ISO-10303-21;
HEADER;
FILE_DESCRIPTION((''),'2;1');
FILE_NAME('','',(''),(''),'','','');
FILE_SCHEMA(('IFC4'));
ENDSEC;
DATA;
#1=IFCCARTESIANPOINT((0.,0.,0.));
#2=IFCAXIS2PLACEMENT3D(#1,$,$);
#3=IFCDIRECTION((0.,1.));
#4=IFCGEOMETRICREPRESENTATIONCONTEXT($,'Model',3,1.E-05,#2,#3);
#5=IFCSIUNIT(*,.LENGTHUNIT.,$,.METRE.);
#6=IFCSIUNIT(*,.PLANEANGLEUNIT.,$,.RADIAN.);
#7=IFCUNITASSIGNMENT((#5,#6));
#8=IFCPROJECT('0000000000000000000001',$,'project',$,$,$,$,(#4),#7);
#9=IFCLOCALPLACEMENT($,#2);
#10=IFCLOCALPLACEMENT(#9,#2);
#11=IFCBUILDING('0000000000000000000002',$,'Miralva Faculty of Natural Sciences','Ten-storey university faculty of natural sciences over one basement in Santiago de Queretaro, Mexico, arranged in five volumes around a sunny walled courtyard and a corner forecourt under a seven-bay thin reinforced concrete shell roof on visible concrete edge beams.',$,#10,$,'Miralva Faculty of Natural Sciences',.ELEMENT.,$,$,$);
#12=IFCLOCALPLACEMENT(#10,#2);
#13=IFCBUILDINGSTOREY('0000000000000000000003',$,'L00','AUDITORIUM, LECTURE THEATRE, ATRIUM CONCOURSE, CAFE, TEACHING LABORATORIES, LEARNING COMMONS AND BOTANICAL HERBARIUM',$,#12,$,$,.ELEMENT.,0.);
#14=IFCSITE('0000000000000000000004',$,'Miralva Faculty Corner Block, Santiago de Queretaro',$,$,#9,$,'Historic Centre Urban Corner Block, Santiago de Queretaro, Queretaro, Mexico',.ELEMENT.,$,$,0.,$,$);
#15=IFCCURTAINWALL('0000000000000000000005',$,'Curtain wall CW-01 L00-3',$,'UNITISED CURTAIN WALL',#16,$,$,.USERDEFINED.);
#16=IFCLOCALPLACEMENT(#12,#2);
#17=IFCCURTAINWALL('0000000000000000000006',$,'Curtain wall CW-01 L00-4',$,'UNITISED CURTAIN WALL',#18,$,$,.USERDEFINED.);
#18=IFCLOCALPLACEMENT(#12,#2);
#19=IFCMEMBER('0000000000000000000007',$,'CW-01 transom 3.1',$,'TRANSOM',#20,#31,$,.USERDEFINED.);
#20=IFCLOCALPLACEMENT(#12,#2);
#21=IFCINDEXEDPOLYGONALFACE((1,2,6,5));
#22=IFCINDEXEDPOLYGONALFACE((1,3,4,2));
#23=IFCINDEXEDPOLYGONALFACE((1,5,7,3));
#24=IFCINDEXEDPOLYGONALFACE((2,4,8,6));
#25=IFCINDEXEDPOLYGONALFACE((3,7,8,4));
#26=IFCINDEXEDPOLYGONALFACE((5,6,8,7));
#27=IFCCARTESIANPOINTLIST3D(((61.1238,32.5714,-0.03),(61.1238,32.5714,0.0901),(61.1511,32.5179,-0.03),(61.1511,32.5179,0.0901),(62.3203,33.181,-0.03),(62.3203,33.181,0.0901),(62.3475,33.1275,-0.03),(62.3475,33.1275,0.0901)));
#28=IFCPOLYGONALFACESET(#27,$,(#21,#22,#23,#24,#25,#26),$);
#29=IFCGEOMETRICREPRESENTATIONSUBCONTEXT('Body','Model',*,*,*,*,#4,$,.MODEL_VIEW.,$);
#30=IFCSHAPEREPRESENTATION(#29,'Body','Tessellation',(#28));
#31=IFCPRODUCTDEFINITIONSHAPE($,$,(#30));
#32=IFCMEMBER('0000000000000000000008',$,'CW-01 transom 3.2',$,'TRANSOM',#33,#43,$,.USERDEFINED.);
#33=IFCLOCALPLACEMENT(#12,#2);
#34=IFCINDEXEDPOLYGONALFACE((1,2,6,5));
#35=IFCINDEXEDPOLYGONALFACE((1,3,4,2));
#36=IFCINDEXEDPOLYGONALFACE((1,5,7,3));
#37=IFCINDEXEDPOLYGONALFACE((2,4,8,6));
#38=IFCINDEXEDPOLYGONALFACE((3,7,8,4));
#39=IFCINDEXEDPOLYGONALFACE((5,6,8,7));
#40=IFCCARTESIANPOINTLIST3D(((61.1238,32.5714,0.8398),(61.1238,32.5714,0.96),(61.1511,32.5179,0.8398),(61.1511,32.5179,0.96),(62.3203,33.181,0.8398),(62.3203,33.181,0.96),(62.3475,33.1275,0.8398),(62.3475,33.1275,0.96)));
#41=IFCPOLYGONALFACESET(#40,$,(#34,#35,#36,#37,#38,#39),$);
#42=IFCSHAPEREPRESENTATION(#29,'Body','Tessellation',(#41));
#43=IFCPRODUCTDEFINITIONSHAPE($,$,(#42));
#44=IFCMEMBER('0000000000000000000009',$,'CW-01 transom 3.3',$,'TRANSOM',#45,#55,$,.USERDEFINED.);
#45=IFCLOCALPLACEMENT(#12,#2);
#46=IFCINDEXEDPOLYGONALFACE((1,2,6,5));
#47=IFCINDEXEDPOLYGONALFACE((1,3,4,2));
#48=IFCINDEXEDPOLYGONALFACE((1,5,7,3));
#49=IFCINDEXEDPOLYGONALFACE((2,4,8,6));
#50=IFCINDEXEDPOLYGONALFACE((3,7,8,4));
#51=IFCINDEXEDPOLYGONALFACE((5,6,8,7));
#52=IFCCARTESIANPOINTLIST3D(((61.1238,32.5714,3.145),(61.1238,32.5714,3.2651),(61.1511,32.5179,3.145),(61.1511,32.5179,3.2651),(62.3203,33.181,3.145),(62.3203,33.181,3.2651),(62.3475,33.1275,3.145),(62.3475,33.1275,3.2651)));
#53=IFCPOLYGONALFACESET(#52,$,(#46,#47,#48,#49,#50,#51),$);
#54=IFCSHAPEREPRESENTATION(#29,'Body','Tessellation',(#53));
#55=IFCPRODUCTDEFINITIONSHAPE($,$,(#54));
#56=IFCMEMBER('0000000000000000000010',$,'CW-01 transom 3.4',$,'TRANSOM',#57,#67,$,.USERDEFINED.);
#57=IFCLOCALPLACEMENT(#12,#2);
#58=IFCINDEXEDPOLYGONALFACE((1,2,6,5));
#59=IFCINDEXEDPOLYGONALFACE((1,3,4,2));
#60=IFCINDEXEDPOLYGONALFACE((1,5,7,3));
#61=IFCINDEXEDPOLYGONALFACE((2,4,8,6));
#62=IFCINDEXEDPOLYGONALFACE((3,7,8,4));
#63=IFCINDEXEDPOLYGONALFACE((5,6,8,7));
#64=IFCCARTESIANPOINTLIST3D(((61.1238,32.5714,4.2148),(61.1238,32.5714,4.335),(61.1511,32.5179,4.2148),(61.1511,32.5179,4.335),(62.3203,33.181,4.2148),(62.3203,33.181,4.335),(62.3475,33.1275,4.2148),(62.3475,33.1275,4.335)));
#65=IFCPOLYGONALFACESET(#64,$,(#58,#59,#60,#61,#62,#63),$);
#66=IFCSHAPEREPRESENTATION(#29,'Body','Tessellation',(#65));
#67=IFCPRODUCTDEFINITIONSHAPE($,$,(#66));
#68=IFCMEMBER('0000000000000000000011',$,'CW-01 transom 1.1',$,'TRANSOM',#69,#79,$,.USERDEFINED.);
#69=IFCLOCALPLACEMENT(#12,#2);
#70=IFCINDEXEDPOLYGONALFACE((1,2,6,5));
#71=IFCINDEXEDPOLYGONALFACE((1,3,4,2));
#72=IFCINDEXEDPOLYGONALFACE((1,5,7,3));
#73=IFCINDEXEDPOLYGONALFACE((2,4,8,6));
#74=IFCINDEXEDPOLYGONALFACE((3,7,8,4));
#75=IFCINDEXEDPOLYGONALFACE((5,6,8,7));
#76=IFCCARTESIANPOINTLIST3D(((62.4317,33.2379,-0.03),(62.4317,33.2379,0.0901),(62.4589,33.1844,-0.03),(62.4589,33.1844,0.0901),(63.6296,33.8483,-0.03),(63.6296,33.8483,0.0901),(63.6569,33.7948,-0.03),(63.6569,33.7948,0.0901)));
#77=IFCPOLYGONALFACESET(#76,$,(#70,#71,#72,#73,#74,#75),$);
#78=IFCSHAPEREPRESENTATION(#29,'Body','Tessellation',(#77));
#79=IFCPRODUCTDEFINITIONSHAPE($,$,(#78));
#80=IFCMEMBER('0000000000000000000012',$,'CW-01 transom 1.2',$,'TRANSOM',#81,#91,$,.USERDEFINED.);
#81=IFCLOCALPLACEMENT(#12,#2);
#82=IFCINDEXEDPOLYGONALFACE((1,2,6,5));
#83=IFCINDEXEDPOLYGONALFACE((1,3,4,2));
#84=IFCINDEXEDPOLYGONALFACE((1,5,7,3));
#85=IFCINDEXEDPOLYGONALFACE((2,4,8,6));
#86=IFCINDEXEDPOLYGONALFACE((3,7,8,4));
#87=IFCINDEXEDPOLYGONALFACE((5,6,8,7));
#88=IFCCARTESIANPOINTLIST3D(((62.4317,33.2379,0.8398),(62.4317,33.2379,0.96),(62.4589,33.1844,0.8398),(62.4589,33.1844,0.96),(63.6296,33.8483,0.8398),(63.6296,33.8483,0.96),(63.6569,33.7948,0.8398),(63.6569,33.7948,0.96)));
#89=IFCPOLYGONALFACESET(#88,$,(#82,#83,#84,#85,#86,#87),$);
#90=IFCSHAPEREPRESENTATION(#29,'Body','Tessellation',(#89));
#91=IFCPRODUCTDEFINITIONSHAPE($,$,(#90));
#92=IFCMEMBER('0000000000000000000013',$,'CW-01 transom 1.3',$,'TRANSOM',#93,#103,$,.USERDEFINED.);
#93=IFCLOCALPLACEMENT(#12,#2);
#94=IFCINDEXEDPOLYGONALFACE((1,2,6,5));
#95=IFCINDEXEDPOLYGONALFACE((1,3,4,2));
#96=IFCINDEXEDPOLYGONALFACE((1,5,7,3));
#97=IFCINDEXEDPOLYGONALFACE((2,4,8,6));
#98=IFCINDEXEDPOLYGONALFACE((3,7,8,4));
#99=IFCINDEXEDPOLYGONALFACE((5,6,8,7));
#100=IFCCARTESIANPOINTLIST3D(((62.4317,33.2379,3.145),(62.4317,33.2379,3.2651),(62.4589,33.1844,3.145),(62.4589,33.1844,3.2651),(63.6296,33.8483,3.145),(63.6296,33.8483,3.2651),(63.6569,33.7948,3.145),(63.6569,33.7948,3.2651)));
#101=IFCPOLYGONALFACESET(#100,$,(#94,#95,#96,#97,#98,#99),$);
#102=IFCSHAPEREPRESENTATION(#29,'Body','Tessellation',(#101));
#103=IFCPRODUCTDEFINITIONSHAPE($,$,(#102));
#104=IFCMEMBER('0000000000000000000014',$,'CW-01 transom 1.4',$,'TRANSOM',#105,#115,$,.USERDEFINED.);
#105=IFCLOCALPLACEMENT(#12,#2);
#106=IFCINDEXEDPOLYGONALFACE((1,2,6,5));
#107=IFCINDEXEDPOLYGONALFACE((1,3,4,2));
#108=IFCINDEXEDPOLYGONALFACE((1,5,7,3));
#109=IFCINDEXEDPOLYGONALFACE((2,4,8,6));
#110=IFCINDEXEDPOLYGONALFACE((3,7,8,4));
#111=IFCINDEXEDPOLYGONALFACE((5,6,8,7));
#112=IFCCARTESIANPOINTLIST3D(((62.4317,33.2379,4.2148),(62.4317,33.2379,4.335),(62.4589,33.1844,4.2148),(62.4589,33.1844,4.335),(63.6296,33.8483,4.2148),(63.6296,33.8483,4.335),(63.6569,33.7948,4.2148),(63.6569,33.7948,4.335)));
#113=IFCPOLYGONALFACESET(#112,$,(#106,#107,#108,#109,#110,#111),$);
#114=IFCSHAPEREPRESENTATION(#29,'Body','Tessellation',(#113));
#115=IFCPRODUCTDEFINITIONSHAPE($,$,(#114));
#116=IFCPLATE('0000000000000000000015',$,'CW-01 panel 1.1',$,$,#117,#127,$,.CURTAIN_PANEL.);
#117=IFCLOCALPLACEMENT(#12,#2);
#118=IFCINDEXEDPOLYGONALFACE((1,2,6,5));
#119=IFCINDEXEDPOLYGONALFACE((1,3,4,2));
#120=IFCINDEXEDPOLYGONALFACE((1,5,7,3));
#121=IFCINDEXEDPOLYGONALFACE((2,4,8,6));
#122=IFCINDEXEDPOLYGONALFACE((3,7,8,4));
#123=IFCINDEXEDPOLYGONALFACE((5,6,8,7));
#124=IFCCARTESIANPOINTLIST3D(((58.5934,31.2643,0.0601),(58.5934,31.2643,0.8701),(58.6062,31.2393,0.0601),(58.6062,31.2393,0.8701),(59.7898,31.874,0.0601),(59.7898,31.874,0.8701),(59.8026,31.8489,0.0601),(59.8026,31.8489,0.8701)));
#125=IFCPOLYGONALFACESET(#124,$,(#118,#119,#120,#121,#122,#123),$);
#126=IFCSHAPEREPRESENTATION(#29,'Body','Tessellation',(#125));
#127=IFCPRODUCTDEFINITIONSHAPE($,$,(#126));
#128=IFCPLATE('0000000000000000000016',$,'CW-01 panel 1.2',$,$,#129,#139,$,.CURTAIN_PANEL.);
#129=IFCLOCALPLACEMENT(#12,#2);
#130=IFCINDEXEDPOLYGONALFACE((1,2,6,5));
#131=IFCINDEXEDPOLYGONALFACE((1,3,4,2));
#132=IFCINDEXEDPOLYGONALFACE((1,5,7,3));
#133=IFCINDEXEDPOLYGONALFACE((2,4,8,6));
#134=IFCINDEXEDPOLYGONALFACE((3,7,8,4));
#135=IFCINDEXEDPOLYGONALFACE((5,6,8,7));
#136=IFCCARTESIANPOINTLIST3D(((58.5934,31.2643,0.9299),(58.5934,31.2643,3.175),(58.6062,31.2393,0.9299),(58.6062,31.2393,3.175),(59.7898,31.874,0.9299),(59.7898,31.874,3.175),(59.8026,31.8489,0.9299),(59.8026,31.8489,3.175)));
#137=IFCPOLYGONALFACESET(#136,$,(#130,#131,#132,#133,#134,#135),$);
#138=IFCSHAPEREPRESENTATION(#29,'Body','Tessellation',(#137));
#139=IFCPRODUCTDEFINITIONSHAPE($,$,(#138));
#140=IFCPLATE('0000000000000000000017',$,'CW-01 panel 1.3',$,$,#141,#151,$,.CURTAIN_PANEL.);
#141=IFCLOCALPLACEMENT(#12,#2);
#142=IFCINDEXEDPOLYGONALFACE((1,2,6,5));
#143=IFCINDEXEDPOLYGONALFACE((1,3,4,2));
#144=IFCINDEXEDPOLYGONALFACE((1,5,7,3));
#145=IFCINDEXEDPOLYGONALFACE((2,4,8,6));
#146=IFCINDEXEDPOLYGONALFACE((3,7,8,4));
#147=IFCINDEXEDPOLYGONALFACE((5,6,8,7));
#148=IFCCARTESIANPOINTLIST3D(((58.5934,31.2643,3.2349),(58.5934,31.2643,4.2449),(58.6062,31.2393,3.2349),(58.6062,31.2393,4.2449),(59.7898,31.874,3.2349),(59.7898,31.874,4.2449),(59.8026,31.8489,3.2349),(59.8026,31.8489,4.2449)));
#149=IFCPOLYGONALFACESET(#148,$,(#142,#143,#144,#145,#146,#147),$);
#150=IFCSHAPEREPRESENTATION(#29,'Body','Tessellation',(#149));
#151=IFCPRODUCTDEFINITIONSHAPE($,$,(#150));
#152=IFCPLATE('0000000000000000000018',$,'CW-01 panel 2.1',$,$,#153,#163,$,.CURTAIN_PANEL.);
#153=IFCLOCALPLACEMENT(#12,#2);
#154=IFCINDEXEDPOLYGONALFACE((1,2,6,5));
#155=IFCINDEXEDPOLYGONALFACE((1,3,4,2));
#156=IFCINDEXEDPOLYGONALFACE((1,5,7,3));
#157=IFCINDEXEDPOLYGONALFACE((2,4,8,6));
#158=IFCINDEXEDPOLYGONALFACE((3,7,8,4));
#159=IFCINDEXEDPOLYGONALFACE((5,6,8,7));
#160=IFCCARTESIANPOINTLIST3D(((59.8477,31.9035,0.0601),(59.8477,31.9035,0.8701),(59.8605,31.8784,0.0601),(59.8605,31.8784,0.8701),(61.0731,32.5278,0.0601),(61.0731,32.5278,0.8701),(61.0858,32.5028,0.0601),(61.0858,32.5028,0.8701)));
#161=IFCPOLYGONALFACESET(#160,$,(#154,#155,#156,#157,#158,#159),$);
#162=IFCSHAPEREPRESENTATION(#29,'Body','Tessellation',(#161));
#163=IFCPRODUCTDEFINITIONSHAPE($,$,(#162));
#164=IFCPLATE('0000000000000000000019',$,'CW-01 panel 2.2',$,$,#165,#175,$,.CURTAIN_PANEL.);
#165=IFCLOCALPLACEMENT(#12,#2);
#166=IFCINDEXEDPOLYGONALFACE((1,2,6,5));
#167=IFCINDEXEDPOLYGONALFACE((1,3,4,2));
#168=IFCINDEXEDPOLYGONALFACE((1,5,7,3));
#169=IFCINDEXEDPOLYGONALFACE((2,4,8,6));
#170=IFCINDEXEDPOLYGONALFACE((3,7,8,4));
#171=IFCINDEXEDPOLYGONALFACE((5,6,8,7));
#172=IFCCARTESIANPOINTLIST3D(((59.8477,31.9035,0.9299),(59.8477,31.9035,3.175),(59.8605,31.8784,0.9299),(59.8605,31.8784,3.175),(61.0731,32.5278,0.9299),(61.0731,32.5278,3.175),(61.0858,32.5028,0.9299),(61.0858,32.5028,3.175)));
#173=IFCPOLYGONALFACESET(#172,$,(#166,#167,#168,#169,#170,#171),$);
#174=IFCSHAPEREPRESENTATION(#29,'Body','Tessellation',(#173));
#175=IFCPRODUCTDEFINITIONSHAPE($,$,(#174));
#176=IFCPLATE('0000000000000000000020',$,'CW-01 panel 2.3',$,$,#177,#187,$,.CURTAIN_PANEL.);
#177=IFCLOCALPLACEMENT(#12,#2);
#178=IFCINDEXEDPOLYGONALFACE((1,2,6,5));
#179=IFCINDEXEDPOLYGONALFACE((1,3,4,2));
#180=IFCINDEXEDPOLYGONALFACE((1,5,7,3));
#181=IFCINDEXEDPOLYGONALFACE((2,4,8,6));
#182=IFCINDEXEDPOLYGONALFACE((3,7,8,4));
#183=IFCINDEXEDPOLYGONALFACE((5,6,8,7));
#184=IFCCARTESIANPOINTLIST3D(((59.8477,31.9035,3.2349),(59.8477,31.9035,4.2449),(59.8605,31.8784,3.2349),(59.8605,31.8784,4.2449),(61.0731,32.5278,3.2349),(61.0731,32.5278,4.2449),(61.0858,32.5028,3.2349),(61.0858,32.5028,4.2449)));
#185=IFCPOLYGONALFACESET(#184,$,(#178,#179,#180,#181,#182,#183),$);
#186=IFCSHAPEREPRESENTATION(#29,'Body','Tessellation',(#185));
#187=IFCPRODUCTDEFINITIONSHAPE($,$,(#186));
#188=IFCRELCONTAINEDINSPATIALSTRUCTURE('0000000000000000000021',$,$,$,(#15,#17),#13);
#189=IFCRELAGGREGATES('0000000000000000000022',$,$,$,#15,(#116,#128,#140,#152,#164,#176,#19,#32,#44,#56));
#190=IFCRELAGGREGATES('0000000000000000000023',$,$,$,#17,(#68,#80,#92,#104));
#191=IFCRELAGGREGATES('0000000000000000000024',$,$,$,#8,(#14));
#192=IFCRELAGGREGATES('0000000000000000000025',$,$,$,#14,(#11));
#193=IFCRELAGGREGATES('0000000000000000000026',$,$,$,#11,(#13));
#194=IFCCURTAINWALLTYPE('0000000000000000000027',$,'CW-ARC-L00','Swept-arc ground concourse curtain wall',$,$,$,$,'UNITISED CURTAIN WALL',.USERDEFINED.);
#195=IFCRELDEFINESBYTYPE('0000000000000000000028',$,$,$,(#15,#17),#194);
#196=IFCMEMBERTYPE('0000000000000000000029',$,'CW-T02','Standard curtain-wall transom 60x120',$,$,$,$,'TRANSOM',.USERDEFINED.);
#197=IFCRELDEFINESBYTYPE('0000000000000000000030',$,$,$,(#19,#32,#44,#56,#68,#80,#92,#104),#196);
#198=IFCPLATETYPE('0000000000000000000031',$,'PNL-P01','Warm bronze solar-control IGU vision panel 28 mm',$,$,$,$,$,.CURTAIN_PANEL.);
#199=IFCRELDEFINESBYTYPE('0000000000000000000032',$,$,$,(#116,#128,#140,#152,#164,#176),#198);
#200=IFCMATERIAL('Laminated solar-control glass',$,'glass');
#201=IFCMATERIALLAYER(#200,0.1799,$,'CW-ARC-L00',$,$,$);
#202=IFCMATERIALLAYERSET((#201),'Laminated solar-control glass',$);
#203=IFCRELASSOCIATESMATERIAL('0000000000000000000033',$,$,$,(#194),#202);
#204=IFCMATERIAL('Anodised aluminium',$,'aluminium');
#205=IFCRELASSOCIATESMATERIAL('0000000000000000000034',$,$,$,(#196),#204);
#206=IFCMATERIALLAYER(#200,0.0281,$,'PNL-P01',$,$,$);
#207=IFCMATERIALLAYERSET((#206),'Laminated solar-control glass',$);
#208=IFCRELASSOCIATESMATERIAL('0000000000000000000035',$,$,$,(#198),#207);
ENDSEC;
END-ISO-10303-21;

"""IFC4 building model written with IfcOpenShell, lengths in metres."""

from ifc_helpers import new_model, si_unit, direction, frame, origin, origin_2d, place, context, subcontext, project, spatial, rectangle, extrude, material, layer, layer_set, material_profile, profile_set, type_object, element, aggregate, save


model = new_model("IFC4")

# Units and contexts
model_context = context("Model", 3, precision=1e-05, world=origin(), true_north=direction((0.0, 1.0)))
body_context = subcontext(model_context, "Body", "Model", "MODEL_VIEW")
ifc_project = project(units=[si_unit("LENGTHUNIT", "METRE"), si_unit("PLANEANGLEUNIT", "RADIAN")], contexts=[model_context])

# Site, building, storey
site_placement = place(None, origin())
site = spatial("IfcSite", under=ifc_project, at=site_placement, Name="Miralva Faculty Corner Block, Santiago de Queretaro", LongName="Historic Centre Urban Corner Block, Santiago de Queretaro, Queretaro, Mexico", CompositionType="ELEMENT", RefElevation=0.0)
building_placement = place(site_placement, origin())
building = spatial("IfcBuilding", under=site, at=building_placement, Name="Miralva Faculty of Natural Sciences", Description="Ten-storey university faculty of natural sciences over one basement in Santiago de Queretaro, Mexico, arranged in five volumes around a sunny walled courtyard and a corner forecourt under a seven-bay thin reinforced concrete shell roof on visible concrete edge beams.", LongName="Miralva Faculty of Natural Sciences", CompositionType="ELEMENT")
storey_placement = place(building_placement, origin())
storey = spatial("IfcBuildingStorey", under=building, at=storey_placement, Name="L00", Description="AUDITORIUM, LECTURE THEATRE, ATRIUM CONCOURSE, CAFE, TEACHING LABORATORIES, LEARNING COMMONS AND BOTANICAL HERBARIUM", CompositionType="ELEMENT", Elevation=0.0)

# Curtain wall
ifc_material_1 = material(Name="Laminated solar-control glass", Category="glass")
ifc_layer_1 = layer(ifc_material_1, 0.1799, Name="CW-ARC-L00")
ifc_layer_set_1 = layer_set([ifc_layer_1], Name="Laminated solar-control glass")
curtain_wall_type = type_object("IfcCurtainWallType", Name="CW-ARC-L00", Description="Swept-arc ground concourse curtain wall", ElementType="UNITISED CURTAIN WALL", PredefinedType="USERDEFINED", material=ifc_layer_set_1)
curtain_wall_1_placement = place(storey_placement, origin())
curtain_wall_1 = element("IfcCurtainWall", 1, at=curtain_wall_1_placement, inside=storey, type_object=curtain_wall_type, Name="Curtain wall CW-01 L00-3", ObjectType="UNITISED CURTAIN WALL", PredefinedType="USERDEFINED")
ifc_material_2 = material(Name="Anodised aluminium", Category="aluminium")

# Curtain wall
curtain_wall_2_placement = place(storey_placement, origin())
curtain_wall_2 = element("IfcCurtainWall", 2, at=curtain_wall_2_placement, inside=storey, type_object=curtain_wall_type, Name="Curtain wall CW-01 L00-4", ObjectType="UNITISED CURTAIN WALL", PredefinedType="USERDEFINED")

# Members
ifc_material_profile_1 = material_profile(ifc_material_2, rectangle(XDim=0.0601, YDim=0.1201, at=origin_2d()), Name="TRANSOM 60x120")
ifc_profile_set_1 = profile_set([ifc_material_profile_1], Name="Anodised aluminium")
member_type_1 = type_object("IfcMemberType", Name="CW-T02", Description="Standard curtain-wall transom 60x120", ElementType="TRANSOM", PredefinedType="USERDEFINED", material=ifc_profile_set_1)
member_1_placement = place(storey_placement, frame((61.1375, 32.5447, 0.03), z_axis=(0.89102, 0.453964, 0.0), x_axis=(-0.453964, 0.89102, 0.0)))
member_1 = element("IfcMember", 3, at=member_1_placement, type_object=member_type_1, Name="CW-01 transom 3.1", ObjectType="TRANSOM", PredefinedType="USERDEFINED", context=body_context, shape_type="SweptSolid", body=[
    extrude(rectangle(XDim=0.0601, YDim=0.1201, at=origin_2d()), origin(), (0.0, 0.0, 1.0), 1.3428),
])
member_2_placement = place(storey_placement, frame((61.1375, 32.5447, 0.8999), z_axis=(0.89102, 0.453964, 0.0), x_axis=(-0.453964, 0.89102, 0.0)))
member_2 = element("IfcMember", 4, at=member_2_placement, type_object=member_type_1, Name="CW-01 transom 3.2", ObjectType="TRANSOM", PredefinedType="USERDEFINED", context=body_context, shape_type="SweptSolid", body=[
    extrude(rectangle(XDim=0.0601, YDim=0.1201, at=origin_2d()), origin(), (0.0, 0.0, 1.0), 1.3428),
])
member_3_placement = place(storey_placement, frame((61.1375, 32.5447, 3.2051), z_axis=(0.89102, 0.453964, 0.0), x_axis=(-0.453964, 0.89102, 0.0)))
member_3 = element("IfcMember", 5, at=member_3_placement, type_object=member_type_1, Name="CW-01 transom 3.3", ObjectType="TRANSOM", PredefinedType="USERDEFINED", context=body_context, shape_type="SweptSolid", body=[
    extrude(rectangle(XDim=0.0601, YDim=0.1201, at=origin_2d()), origin(), (0.0, 0.0, 1.0), 1.3428),
])
member_4_placement = place(storey_placement, frame((61.1375, 32.5447, 4.2749), z_axis=(0.89102, 0.453964, 0.0), x_axis=(-0.453964, 0.89102, 0.0)))
member_4 = element("IfcMember", 6, at=member_4_placement, type_object=member_type_1, Name="CW-01 transom 3.4", ObjectType="TRANSOM", PredefinedType="USERDEFINED", context=body_context, shape_type="SweptSolid", body=[
    extrude(rectangle(XDim=0.0601, YDim=0.1201, at=origin_2d()), origin(), (0.0, 0.0, 1.0), 1.3428),
])
member_5_placement = place(storey_placement, frame((62.4453, 33.2112, 0.03), z_axis=(0.891024, 0.453956, 0.0), x_axis=(-0.453956, 0.891024, 0.0)))
member_5 = element("IfcMember", 7, at=member_5_placement, type_object=member_type_1, Name="CW-01 transom 1.1", ObjectType="TRANSOM", PredefinedType="USERDEFINED", context=body_context, shape_type="SweptSolid", body=[
    extrude(rectangle(XDim=0.0601, YDim=0.1201, at=origin_2d()), origin(), (0.0, 0.0, 1.0), 1.3445),
])
member_6_placement = place(storey_placement, frame((62.4453, 33.2112, 0.8999), z_axis=(0.891024, 0.453956, 0.0), x_axis=(-0.453956, 0.891024, 0.0)))
member_6 = element("IfcMember", 8, at=member_6_placement, type_object=member_type_1, Name="CW-01 transom 1.2", ObjectType="TRANSOM", PredefinedType="USERDEFINED", context=body_context, shape_type="SweptSolid", body=[
    extrude(rectangle(XDim=0.0601, YDim=0.1201, at=origin_2d()), origin(), (0.0, 0.0, 1.0), 1.3445),
])
member_7_placement = place(storey_placement, frame((62.4453, 33.2112, 3.2051), z_axis=(0.891024, 0.453956, 0.0), x_axis=(-0.453956, 0.891024, 0.0)))
member_7 = element("IfcMember", 9, at=member_7_placement, type_object=member_type_1, Name="CW-01 transom 1.3", ObjectType="TRANSOM", PredefinedType="USERDEFINED", context=body_context, shape_type="SweptSolid", body=[
    extrude(rectangle(XDim=0.0601, YDim=0.1201, at=origin_2d()), origin(), (0.0, 0.0, 1.0), 1.3445),
])
member_8_placement = place(storey_placement, frame((62.4453, 33.2112, 4.2749), z_axis=(0.891024, 0.453956, 0.0), x_axis=(-0.453956, 0.891024, 0.0)))
member_8 = element("IfcMember", 10, at=member_8_placement, type_object=member_type_1, Name="CW-01 transom 1.4", ObjectType="TRANSOM", PredefinedType="USERDEFINED", context=body_context, shape_type="SweptSolid", body=[
    extrude(rectangle(XDim=0.0601, YDim=0.1201, at=origin_2d()), origin(), (0.0, 0.0, 1.0), 1.3445),
])

# Plates
ifc_layer_2 = layer(ifc_material_1, 0.0281, Name="PNL-P01")
ifc_layer_set_2 = layer_set([ifc_layer_2], Name="Laminated solar-control glass")
plate_type = type_object("IfcPlateType", Name="PNL-P01", Description="Warm bronze solar-control IGU vision panel 28 mm", PredefinedType="CURTAIN_PANEL", material=ifc_layer_set_2)
plate_1_placement = place(storey_placement, frame((59.198, 31.5566, 0.0601), z_axis=(0.0, 0.0, 1.0), x_axis=(0.891004, 0.453995, 0.0)))
plate_1 = element("IfcPlate", 11, at=plate_1_placement, type_object=plate_type, Name="CW-01 panel 1.1", PredefinedType="CURTAIN_PANEL", context=body_context, shape_type="SweptSolid", body=[
    extrude(rectangle(XDim=1.3428, YDim=0.0281, at=origin_2d()), origin(), (0.0, 0.0, 1.0), 0.8101),
])
plate_2_placement = place(storey_placement, frame((59.198, 31.5566, 0.9299), z_axis=(0.0, 0.0, 1.0), x_axis=(0.891004, 0.453995, 0.0)))
plate_2 = element("IfcPlate", 12, at=plate_2_placement, type_object=plate_type, Name="CW-01 panel 1.2", PredefinedType="CURTAIN_PANEL", context=body_context, shape_type="SweptSolid", body=[
    extrude(rectangle(XDim=1.3428, YDim=0.0281, at=origin_2d()), origin(), (0.0, 0.0, 1.0), 2.2451),
])
plate_3_placement = place(storey_placement, frame((59.198, 31.5566, 3.2349), z_axis=(0.0, 0.0, 1.0), x_axis=(0.891004, 0.453995, 0.0)))
plate_3 = element("IfcPlate", 13, at=plate_3_placement, type_object=plate_type, Name="CW-01 panel 1.3", PredefinedType="CURTAIN_PANEL", context=body_context, shape_type="SweptSolid", body=[
    extrude(rectangle(XDim=1.3428, YDim=0.0281, at=origin_2d()), origin(), (0.0, 0.0, 1.0), 1.01),
])
plate_4_placement = place(storey_placement, frame((60.4668, 32.2031, 0.0601), z_axis=(0.0, 0.0, 1.0), x_axis=(0.891004, 0.453995, 0.0)))
plate_4 = element("IfcPlate", 14, at=plate_4_placement, type_object=plate_type, Name="CW-01 panel 2.1", PredefinedType="CURTAIN_PANEL", context=body_context, shape_type="SweptSolid", body=[
    extrude(rectangle(XDim=1.3752, YDim=0.0281, at=origin_2d()), origin(), (0.0, 0.0, 1.0), 0.8101),
])
plate_5_placement = place(storey_placement, frame((60.4668, 32.2031, 0.9299), z_axis=(0.0, 0.0, 1.0), x_axis=(0.891004, 0.453995, 0.0)))
plate_5 = element("IfcPlate", 15, at=plate_5_placement, type_object=plate_type, Name="CW-01 panel 2.2", PredefinedType="CURTAIN_PANEL", context=body_context, shape_type="SweptSolid", body=[
    extrude(rectangle(XDim=1.3752, YDim=0.0281, at=origin_2d()), origin(), (0.0, 0.0, 1.0), 2.2451),
])
plate_6_placement = place(storey_placement, frame((60.4668, 32.2031, 3.2349), z_axis=(0.0, 0.0, 1.0), x_axis=(0.891004, 0.453995, 0.0)))
plate_6 = element("IfcPlate", 16, at=plate_6_placement, type_object=plate_type, Name="CW-01 panel 2.3", PredefinedType="CURTAIN_PANEL", context=body_context, shape_type="SweptSolid", body=[
    extrude(rectangle(XDim=1.3752, YDim=0.0281, at=origin_2d()), origin(), (0.0, 0.0, 1.0), 1.01),
])
aggregate(curtain_wall_1, [plate_1, plate_2, plate_3, plate_4, plate_5, plate_6, member_1, member_2, member_3, member_4])
aggregate(curtain_wall_2, [member_5, member_6, member_7, member_8])

save(model, "model.ifc")
